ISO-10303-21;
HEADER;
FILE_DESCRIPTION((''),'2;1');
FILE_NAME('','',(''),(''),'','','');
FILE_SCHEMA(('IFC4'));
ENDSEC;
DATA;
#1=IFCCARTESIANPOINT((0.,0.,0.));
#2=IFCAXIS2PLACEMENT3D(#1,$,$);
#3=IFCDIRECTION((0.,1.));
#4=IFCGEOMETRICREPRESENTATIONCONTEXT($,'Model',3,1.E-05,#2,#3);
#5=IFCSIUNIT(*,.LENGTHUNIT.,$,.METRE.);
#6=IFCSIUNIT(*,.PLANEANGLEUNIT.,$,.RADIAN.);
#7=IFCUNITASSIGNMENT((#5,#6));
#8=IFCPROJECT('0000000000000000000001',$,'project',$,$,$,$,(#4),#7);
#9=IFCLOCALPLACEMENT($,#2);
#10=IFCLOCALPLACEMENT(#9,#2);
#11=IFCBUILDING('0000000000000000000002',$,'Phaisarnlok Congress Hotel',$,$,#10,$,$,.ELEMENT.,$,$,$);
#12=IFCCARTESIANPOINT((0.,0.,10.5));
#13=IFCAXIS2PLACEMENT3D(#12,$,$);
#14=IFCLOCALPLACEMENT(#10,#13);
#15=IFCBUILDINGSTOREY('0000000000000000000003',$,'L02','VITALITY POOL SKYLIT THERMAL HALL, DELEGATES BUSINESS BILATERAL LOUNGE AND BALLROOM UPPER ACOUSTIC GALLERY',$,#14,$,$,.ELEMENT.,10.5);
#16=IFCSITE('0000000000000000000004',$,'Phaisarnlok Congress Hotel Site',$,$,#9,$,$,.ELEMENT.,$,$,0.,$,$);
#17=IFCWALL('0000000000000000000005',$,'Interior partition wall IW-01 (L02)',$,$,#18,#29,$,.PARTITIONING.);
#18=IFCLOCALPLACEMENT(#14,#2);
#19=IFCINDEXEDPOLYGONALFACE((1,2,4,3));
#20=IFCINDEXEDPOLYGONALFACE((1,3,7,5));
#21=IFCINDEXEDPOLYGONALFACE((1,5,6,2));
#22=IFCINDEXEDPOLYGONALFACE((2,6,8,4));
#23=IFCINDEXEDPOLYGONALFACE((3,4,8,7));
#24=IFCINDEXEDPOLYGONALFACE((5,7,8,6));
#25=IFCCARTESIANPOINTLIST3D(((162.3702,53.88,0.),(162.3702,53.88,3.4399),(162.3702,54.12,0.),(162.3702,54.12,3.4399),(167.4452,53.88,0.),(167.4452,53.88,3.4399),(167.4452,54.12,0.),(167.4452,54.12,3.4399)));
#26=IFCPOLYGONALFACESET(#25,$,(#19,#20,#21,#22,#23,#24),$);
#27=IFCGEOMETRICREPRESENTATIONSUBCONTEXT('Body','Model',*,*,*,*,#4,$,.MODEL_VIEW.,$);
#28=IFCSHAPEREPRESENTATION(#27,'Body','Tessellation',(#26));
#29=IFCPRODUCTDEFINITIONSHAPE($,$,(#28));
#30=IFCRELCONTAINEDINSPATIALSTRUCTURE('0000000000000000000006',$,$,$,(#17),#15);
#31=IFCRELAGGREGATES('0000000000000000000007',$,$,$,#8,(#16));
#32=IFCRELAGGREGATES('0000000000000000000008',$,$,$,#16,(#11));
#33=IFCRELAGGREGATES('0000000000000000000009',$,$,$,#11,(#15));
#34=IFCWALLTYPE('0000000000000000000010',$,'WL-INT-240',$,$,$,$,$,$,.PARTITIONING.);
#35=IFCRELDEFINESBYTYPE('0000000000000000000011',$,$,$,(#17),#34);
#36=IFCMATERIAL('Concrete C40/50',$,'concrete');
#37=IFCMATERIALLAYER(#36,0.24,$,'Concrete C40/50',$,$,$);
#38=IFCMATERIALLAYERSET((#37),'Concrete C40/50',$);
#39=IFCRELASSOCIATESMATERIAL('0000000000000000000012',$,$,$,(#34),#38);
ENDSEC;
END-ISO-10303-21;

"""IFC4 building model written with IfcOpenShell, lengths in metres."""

from ifc_helpers import new_model, si_unit, direction, frame, frame_2d, origin, place, context, subcontext, project, spatial, rectangle, extrude, material, layer, layer_set, type_object, element, save


model = new_model("IFC4")

# Units and contexts
model_context = context("Model", 3, precision=1e-05, world=origin(), true_north=direction((0.0, 1.0)))
body_context = subcontext(model_context, "Body", "Model", "MODEL_VIEW")
ifc_project = project(units=[si_unit("LENGTHUNIT", "METRE"), si_unit("PLANEANGLEUNIT", "RADIAN")], contexts=[model_context])

# Site, building, storey
site_placement = place(None, origin())
site = spatial("IfcSite", under=ifc_project, at=site_placement, Name="Phaisarnlok Congress Hotel Site", CompositionType="ELEMENT", RefElevation=0.0)
building_placement = place(site_placement, origin())
building = spatial("IfcBuilding", under=site, at=building_placement, Name="Phaisarnlok Congress Hotel", CompositionType="ELEMENT")
storey_placement = place(building_placement, frame((0.0, 0.0, 10.5)))
storey = spatial("IfcBuildingStorey", under=building, at=storey_placement, Name="L02", Description="VITALITY POOL SKYLIT THERMAL HALL, DELEGATES BUSINESS BILATERAL LOUNGE AND BALLROOM UPPER ACOUSTIC GALLERY", CompositionType="ELEMENT", Elevation=10.5)

# Shared definitions
ifc_material_1 = material(Name="Concrete C40/50", Category="concrete")

# Wall
ifc_layer_1 = layer(ifc_material_1, 0.24, Name="Concrete C40/50")
ifc_layer_set_1 = layer_set([ifc_layer_1], Name="Concrete C40/50")
wall_type_1 = type_object("IfcWallType", Name="WL-INT-240", PredefinedType="PARTITIONING", material=ifc_layer_set_1)
wall_1_placement = place(storey_placement, frame((162.3701, 54.0, 0.0), z_axis=(0.0, 0.0, 1.0), x_axis=(1.0, 0.0, 0.0)))
element("IfcWall", 1, at=wall_1_placement, inside=storey, type_object=wall_type_1, Name="Interior partition wall IW-01 (L02)", PredefinedType="PARTITIONING", context=body_context, shape_type="SweptSolid", body=[
    extrude(rectangle(XDim=5.075, YDim=0.24, at=frame_2d((2.5376, 0.0))), origin(), (0.0, 0.0, 1.0), 3.4399),
])

save(model, "model.ifc")
